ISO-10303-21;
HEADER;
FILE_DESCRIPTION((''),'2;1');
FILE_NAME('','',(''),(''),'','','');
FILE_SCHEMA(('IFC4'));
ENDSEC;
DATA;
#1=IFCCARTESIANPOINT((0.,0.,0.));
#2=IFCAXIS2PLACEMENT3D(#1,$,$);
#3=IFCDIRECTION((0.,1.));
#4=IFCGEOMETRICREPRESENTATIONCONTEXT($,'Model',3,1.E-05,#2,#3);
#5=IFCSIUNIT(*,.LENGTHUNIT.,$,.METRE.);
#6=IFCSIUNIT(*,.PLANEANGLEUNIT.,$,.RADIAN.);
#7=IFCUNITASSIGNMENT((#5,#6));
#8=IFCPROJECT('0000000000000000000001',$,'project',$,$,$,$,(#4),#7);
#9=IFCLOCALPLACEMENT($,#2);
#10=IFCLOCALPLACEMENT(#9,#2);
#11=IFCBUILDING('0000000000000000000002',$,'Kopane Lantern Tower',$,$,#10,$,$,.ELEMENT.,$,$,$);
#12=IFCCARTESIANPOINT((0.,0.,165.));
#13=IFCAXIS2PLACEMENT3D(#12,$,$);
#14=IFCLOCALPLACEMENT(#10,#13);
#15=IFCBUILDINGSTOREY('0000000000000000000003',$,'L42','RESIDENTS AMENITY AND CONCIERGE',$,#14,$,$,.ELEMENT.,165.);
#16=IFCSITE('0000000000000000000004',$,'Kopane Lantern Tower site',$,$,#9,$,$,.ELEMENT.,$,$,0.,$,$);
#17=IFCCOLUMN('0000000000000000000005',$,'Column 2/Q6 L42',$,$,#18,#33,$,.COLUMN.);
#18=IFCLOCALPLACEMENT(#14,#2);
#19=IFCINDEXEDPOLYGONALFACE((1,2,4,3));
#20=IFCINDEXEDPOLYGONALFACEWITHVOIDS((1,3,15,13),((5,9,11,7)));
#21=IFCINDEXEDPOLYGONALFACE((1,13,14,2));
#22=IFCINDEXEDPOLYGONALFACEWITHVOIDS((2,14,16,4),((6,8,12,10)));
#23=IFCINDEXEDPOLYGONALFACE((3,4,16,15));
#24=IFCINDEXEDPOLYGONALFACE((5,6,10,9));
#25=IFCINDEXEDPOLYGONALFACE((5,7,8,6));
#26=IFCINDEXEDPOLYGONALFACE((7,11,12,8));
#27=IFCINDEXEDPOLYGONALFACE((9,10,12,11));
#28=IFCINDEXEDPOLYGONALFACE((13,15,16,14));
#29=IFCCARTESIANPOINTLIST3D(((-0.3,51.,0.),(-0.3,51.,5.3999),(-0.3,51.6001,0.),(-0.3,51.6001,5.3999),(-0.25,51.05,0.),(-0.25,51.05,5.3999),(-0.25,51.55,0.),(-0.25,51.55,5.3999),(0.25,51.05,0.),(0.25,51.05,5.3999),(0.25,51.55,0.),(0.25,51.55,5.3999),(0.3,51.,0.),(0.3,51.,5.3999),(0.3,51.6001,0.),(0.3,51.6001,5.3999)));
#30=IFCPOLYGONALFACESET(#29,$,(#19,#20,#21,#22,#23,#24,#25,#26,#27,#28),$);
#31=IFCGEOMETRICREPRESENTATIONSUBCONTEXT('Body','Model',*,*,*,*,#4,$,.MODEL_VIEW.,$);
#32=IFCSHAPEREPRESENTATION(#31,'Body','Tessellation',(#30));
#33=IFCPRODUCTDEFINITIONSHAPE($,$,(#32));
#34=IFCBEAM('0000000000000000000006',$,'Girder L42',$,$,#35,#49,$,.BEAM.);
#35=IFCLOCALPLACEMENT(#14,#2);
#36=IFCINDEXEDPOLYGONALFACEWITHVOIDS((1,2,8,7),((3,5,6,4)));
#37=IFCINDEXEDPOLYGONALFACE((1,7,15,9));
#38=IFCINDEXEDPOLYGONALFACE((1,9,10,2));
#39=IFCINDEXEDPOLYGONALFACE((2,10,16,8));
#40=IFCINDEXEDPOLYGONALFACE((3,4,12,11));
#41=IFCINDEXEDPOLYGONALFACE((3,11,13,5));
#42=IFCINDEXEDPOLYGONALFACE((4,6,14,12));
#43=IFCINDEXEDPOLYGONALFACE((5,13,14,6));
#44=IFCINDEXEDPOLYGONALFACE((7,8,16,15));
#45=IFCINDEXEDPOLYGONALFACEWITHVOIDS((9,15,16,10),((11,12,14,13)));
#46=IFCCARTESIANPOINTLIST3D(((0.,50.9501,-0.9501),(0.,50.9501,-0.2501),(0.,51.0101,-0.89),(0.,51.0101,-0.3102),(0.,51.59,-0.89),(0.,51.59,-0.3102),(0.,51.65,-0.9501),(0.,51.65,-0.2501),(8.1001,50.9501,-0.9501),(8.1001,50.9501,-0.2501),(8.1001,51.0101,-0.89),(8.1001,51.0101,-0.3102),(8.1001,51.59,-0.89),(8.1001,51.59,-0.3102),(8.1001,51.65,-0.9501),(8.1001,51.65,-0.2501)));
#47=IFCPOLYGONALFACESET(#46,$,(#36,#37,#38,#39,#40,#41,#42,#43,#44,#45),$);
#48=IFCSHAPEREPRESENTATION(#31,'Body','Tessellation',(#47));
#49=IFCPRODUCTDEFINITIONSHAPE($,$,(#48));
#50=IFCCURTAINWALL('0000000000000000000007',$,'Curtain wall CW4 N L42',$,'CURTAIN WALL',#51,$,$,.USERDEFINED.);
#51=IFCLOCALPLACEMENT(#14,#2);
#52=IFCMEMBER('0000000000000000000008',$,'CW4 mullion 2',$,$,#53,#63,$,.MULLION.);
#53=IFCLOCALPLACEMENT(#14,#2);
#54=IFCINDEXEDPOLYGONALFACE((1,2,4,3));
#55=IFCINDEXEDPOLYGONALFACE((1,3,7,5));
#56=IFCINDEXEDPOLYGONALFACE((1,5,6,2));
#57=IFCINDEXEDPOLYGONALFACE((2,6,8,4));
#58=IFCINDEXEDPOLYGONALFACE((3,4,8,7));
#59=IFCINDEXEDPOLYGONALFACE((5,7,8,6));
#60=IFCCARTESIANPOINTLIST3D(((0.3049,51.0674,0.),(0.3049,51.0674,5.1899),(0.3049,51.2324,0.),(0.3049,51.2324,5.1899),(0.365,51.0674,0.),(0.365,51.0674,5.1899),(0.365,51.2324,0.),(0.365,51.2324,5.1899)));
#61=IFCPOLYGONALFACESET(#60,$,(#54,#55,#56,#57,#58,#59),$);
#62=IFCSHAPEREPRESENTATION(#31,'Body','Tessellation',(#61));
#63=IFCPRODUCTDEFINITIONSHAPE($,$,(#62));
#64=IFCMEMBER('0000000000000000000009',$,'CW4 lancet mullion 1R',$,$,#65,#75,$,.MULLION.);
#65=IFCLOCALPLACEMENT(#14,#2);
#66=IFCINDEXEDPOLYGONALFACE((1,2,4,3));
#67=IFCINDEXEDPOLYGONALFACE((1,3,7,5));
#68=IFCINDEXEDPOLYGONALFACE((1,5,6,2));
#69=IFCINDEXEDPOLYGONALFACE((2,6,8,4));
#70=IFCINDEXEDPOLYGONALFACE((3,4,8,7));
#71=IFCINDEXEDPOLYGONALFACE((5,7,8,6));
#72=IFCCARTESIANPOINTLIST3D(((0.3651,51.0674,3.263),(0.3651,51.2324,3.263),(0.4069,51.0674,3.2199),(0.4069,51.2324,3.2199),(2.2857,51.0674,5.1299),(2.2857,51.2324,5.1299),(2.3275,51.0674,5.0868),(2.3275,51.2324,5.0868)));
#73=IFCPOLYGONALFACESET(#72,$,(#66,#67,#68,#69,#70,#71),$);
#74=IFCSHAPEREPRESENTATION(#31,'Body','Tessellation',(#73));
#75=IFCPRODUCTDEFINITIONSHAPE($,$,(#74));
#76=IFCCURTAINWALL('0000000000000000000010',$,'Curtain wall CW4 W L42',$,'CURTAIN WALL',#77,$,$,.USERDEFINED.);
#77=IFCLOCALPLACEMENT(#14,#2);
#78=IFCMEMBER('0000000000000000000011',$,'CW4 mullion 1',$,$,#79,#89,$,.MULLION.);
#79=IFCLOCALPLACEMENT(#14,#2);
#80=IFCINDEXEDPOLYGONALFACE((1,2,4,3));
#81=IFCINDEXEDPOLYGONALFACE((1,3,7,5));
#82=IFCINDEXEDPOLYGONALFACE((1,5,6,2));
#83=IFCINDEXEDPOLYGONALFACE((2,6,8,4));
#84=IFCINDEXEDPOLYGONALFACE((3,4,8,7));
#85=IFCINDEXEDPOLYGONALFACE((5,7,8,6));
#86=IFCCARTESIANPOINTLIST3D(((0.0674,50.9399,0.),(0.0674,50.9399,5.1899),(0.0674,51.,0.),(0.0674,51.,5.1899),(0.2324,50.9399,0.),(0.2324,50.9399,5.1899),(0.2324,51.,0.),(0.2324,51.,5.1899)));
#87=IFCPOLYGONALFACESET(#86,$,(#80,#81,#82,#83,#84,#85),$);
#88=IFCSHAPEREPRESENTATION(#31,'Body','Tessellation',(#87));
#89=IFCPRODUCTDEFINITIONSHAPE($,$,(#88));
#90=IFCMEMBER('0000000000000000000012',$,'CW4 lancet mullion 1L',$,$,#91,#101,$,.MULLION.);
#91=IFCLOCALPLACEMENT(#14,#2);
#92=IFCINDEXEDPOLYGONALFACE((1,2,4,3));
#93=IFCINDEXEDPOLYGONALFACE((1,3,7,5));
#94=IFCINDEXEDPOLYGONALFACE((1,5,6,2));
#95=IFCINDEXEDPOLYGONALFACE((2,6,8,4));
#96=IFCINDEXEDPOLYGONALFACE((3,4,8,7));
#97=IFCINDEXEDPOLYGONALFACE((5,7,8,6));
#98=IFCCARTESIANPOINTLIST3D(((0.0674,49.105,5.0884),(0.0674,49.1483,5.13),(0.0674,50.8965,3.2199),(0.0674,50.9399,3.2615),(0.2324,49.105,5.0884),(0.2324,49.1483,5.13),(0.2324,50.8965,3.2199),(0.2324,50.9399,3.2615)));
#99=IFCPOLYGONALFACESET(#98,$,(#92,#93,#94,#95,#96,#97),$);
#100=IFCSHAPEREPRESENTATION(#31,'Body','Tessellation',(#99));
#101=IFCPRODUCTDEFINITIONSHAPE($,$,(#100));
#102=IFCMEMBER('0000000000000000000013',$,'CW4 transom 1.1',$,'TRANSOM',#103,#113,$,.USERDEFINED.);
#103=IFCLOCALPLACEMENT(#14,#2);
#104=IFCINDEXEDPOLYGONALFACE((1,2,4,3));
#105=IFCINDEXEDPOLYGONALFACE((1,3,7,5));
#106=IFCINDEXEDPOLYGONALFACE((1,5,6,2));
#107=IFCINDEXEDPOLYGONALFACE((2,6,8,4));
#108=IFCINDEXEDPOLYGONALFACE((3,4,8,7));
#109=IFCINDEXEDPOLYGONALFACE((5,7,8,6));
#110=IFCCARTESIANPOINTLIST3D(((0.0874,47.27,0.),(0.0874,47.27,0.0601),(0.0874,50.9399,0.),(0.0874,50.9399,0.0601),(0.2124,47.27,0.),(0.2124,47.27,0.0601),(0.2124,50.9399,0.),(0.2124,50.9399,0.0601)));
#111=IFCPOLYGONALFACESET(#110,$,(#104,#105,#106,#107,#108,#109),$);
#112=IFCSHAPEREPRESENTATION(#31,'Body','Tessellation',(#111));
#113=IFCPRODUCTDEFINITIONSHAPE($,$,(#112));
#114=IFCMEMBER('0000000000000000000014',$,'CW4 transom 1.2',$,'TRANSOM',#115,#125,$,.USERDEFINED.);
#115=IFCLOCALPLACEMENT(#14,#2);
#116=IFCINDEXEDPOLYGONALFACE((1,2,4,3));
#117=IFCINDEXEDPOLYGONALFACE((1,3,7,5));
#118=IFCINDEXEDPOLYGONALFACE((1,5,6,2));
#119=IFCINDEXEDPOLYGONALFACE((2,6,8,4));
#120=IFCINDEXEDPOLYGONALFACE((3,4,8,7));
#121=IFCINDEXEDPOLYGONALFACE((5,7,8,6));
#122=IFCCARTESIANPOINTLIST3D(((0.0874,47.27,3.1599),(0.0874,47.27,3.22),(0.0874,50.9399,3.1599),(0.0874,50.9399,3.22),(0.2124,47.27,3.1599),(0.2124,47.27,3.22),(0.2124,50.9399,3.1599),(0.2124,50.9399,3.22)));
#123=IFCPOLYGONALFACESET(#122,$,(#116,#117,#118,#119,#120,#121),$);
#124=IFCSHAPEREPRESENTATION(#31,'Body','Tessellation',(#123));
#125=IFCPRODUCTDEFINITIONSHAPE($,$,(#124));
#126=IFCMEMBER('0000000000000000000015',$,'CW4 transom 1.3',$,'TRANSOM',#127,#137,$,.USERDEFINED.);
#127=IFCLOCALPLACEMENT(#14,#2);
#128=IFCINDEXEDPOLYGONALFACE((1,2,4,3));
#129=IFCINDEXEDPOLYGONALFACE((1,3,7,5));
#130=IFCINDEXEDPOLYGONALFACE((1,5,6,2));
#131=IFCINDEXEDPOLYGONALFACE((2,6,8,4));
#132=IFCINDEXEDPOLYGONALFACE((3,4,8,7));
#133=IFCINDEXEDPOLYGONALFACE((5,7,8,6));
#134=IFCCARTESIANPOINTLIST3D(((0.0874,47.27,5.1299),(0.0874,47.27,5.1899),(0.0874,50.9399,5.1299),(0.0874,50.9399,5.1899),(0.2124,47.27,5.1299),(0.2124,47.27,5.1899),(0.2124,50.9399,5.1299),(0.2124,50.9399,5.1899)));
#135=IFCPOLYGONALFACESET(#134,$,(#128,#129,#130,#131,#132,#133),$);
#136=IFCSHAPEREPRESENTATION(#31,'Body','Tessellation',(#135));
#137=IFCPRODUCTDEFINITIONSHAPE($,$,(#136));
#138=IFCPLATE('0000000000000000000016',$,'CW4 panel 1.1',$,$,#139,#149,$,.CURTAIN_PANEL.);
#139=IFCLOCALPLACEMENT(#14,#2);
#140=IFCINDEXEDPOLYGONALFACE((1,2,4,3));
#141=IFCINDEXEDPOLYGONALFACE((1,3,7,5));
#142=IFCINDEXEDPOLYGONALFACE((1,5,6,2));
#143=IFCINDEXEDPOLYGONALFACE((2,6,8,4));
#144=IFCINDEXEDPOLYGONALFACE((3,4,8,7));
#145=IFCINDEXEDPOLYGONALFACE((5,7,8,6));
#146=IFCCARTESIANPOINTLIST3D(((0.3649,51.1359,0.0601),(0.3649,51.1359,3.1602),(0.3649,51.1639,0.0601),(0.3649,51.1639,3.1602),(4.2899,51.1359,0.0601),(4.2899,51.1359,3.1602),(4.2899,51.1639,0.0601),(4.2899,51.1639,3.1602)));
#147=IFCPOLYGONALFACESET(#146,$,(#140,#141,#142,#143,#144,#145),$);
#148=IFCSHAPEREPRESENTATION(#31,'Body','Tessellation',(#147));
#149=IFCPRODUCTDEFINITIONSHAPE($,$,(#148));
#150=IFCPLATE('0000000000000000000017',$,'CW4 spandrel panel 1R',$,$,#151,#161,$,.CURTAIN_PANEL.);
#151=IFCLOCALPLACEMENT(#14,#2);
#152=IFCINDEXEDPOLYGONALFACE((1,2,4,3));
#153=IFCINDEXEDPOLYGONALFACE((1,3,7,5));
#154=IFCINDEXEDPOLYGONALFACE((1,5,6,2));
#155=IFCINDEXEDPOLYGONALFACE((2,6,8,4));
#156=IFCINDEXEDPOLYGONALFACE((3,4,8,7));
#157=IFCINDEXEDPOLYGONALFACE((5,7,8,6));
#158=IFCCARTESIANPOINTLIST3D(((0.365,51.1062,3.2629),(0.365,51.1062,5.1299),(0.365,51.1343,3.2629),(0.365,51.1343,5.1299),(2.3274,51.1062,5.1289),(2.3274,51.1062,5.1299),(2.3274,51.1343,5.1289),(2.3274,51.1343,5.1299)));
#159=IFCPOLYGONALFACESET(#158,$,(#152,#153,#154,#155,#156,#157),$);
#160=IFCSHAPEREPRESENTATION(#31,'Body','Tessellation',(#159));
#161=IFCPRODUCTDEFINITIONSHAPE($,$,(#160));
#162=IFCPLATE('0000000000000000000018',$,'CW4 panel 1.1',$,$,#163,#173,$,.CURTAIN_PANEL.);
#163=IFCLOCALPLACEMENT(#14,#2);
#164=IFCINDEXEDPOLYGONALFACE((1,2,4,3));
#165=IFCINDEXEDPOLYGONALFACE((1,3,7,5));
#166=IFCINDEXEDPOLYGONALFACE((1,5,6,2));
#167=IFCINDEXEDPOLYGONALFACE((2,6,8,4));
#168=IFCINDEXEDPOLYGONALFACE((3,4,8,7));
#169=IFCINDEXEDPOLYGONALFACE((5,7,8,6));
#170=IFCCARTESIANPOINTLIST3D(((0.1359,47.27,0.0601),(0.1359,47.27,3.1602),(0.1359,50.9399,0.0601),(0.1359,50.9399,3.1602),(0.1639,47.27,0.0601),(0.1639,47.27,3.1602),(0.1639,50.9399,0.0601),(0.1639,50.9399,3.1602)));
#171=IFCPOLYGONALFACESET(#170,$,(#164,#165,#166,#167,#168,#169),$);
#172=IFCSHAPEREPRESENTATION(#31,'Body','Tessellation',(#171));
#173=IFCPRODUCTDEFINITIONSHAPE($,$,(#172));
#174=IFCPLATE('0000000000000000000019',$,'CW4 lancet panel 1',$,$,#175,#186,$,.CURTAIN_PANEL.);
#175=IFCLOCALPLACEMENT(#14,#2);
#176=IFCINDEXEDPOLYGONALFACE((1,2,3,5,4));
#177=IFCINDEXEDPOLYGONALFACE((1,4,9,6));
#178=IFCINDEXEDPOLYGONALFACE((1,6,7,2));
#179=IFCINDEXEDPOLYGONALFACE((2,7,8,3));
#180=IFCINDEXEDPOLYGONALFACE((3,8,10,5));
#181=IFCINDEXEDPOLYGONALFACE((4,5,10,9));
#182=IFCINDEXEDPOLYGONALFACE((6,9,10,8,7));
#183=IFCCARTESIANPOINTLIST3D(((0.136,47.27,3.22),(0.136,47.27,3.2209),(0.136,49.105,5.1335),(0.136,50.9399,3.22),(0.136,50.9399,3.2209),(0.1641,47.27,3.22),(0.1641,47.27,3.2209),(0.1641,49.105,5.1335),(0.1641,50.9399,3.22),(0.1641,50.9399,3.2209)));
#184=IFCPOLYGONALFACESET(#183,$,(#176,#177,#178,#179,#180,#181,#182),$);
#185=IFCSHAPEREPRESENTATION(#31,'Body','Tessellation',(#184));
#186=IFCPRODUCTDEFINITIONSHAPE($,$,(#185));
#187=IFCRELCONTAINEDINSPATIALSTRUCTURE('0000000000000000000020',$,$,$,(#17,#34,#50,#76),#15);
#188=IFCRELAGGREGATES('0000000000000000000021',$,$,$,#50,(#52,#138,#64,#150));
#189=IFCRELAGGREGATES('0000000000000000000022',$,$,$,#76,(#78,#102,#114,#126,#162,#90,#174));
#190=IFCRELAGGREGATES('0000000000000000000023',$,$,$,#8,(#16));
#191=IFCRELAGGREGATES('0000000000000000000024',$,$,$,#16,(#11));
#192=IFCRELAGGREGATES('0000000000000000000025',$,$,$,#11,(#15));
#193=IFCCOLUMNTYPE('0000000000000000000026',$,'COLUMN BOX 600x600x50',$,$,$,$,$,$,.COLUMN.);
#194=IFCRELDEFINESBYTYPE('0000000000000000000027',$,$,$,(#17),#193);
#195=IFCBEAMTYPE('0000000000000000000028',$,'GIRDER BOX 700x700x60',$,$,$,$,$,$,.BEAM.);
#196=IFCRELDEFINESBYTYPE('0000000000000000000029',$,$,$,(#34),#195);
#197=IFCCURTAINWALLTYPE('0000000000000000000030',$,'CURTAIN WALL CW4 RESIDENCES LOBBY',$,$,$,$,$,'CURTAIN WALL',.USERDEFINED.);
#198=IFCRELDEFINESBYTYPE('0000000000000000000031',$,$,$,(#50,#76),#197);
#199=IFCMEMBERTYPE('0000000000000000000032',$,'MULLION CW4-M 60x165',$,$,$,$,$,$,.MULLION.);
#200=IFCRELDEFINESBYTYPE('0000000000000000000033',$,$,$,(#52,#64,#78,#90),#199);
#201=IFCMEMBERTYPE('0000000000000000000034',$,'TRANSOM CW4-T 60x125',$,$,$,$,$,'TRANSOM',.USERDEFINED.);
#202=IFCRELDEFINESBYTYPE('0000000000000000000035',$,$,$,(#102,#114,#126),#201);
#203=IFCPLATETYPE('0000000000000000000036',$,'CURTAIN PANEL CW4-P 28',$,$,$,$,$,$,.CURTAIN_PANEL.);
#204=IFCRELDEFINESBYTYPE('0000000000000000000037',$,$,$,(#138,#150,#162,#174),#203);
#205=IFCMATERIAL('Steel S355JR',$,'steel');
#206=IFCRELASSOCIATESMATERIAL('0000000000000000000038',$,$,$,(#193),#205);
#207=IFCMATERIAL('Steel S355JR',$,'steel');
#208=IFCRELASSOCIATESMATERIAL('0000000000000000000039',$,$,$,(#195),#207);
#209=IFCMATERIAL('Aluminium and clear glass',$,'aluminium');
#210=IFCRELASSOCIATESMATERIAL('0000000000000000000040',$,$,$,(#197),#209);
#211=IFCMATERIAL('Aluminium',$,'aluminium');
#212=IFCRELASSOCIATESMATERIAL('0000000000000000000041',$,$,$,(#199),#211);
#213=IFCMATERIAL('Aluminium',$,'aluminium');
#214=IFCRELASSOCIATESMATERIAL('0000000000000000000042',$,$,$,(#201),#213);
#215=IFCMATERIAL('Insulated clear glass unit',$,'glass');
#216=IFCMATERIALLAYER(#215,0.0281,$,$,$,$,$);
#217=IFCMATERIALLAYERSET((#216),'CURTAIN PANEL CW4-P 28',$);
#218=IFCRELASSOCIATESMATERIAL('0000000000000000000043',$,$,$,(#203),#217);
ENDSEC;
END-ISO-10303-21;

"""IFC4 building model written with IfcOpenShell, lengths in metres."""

from ifc_helpers import new_model, si_unit, direction, frame, origin, origin_2d, place, context, subcontext, project, spatial, polyline, rectangle, hollow_rectangle, outline, extrude, material, layer, layer_set, material_profile, profile_set, type_object, element, aggregate, save


model = new_model("IFC4")

# Units and contexts
model_context = context("Model", 3, precision=1e-05, world=origin(), true_north=direction((0.0, 1.0)))
body_context = subcontext(model_context, "Body", "Model", "MODEL_VIEW")
ifc_project = project(units=[si_unit("LENGTHUNIT", "METRE"), si_unit("PLANEANGLEUNIT", "RADIAN")], contexts=[model_context])

# Site, building, storey
site_placement = place(None, origin())
site = spatial("IfcSite", under=ifc_project, at=site_placement, Name="Kopane Lantern Tower site", CompositionType="ELEMENT", RefElevation=0.0)
building_placement = place(site_placement, origin())
building = spatial("IfcBuilding", under=site, at=building_placement, Name="Kopane Lantern Tower", CompositionType="ELEMENT")
storey_placement = place(building_placement, frame((0.0, 0.0, 165.0)))
storey = spatial("IfcBuildingStorey", under=building, at=storey_placement, Name="L42", Description="RESIDENTS AMENITY AND CONCIERGE", CompositionType="ELEMENT", Elevation=165.0)

# Column
ifc_material_1 = material(Name="Steel S355JR", Category="steel")
ifc_material_profile_1 = material_profile(ifc_material_1, hollow_rectangle(XDim=0.6001, YDim=0.6001, WallThickness=0.05, at=origin_2d()), Name="BOX 600x600x50")
ifc_profile_set_1 = profile_set([ifc_material_profile_1], Name="Steel S355JR")
column_type = type_object("IfcColumnType", Name="COLUMN BOX 600x600x50", PredefinedType="COLUMN", material=ifc_profile_set_1)
column_placement = place(storey_placement, frame((0.0, 51.3, 0.0), z_axis=(0.0, 0.0, 1.0), x_axis=(1.0, 0.0, 0.0)))
element("IfcColumn", 1, at=column_placement, inside=storey, type_object=column_type, Name="Column 2/Q6 L42", PredefinedType="COLUMN", context=body_context, shape_type="SweptSolid", body=[
    extrude(hollow_rectangle(XDim=0.6001, YDim=0.6001, WallThickness=0.05, at=origin_2d()), origin(), (0.0, 0.0, 1.0), 5.3999),
])

# Beam
ifc_material_2 = material(Name="Steel S355JR", Category="steel")
ifc_material_profile_2 = material_profile(ifc_material_2, hollow_rectangle(XDim=0.7, YDim=0.7, WallThickness=0.0601, at=origin_2d()), Name="BOX 700x700x60")
ifc_profile_set_2 = profile_set([ifc_material_profile_2], Name="Steel S355JR")
beam_type = type_object("IfcBeamType", Name="GIRDER BOX 700x700x60", PredefinedType="BEAM", material=ifc_profile_set_2)
beam_placement = place(storey_placement, frame((0.0, 51.3, -0.6001), z_axis=(1.0, 0.0, 0.0), x_axis=(0.0, 1.0, 0.0)))
element("IfcBeam", 2, at=beam_placement, inside=storey, type_object=beam_type, Name="Girder L42", PredefinedType="BEAM", context=body_context, shape_type="SweptSolid", body=[
    extrude(hollow_rectangle(XDim=0.7, YDim=0.7, WallThickness=0.0601, at=origin_2d()), origin(), (0.0, 0.0, 1.0), 8.1001),
])

# Curtain walls, members
ifc_material_3 = material(Name="Aluminium and clear glass", Category="aluminium")
curtain_wall_type = type_object("IfcCurtainWallType", Name="CURTAIN WALL CW4 RESIDENCES LOBBY", ElementType="CURTAIN WALL", PredefinedType="USERDEFINED", material=ifc_material_3)
curtain_wall_1_placement = place(storey_placement, origin())
curtain_wall_1 = element("IfcCurtainWall", 3, at=curtain_wall_1_placement, inside=storey, type_object=curtain_wall_type, Name="Curtain wall CW4 N L42", ObjectType="CURTAIN WALL", PredefinedType="USERDEFINED")
ifc_material_4 = material(Name="Aluminium", Category="aluminium")
ifc_material_profile_3 = material_profile(ifc_material_4, rectangle(XDim=0.0601, YDim=0.165, at=origin_2d()), Name="AL 60x165")
ifc_profile_set_3 = profile_set([ifc_material_profile_3], Name="Aluminium")
member_type_1 = type_object("IfcMemberType", Name="MULLION CW4-M 60x165", PredefinedType="MULLION", material=ifc_profile_set_3)
member_1_placement = place(storey_placement, frame((0.335, 51.1499, 0.0), z_axis=(0.0, 0.0, 1.0), x_axis=(-1.0, 0.0, 0.0)))
member_1 = element("IfcMember", 4, at=member_1_placement, type_object=member_type_1, Name="CW4 mullion 2", PredefinedType="MULLION", context=body_context, shape_type="SweptSolid", body=[
    extrude(rectangle(XDim=0.0601, YDim=0.165, at=origin_2d()), origin(), (0.0, 0.0, 1.0), 5.1899),
])
member_2_placement = place(storey_placement, frame((0.386, 51.1499, 3.2415), z_axis=(0.717062, 0.0, 0.697009), x_axis=(-0.697009, 0.0, 0.717062)))
member_2 = element("IfcMember", 5, at=member_2_placement, type_object=member_type_1, Name="CW4 lancet mullion 1R", PredefinedType="MULLION", context=body_context, shape_type="SweptSolid", body=[
    extrude(rectangle(XDim=0.0601, YDim=0.165, at=origin_2d()), origin(), (0.0, 0.0, 1.0), 2.6785),
])
curtain_wall_2_placement = place(storey_placement, origin())
curtain_wall_2 = element("IfcCurtainWall", 6, at=curtain_wall_2_placement, inside=storey, type_object=curtain_wall_type, Name="Curtain wall CW4 W L42", ObjectType="CURTAIN WALL", PredefinedType="USERDEFINED")
member_3_placement = place(storey_placement, frame((0.1499, 50.97, 0.0), z_axis=(0.0, 0.0, 1.0), x_axis=(0.0, -1.0, 0.0)))
member_3 = element("IfcMember", 7, at=member_3_placement, type_object=member_type_1, Name="CW4 mullion 1", PredefinedType="MULLION", context=body_context, shape_type="SweptSolid", body=[
    extrude(rectangle(XDim=0.0601, YDim=0.165, at=origin_2d()), origin(), (0.0, 0.0, 1.0), 5.1899),
])
member_4_placement = place(storey_placement, frame((0.1499, 50.9182, 3.2407), z_axis=(0.0, -0.692096, 0.721806), x_axis=(0.0, 0.721806, 0.692096)))
member_4 = element("IfcMember", 8, at=member_4_placement, type_object=member_type_1, Name="CW4 lancet mullion 1L", PredefinedType="MULLION", context=body_context, shape_type="SweptSolid", body=[
    extrude(rectangle(XDim=0.0601, YDim=0.165, at=origin_2d()), origin(), (0.0, 0.0, 1.0), 2.5886),
])
ifc_material_5 = material(Name="Aluminium", Category="aluminium")
ifc_material_profile_4 = material_profile(ifc_material_5, rectangle(XDim=0.125, YDim=0.0601, at=origin_2d()), Name="AL 125x60")
ifc_profile_set_4 = profile_set([ifc_material_profile_4], Name="Aluminium")
member_type_2 = type_object("IfcMemberType", Name="TRANSOM CW4-T 60x125", ElementType="TRANSOM", PredefinedType="USERDEFINED", material=ifc_profile_set_4)
member_5_placement = place(storey_placement, frame((0.1499, 50.9399, 0.03), z_axis=(0.0, -1.0, 0.0), x_axis=(1.0, 0.0, 0.0)))
member_5 = element("IfcMember", 9, at=member_5_placement, type_object=member_type_2, Name="CW4 transom 1.1", ObjectType="TRANSOM", PredefinedType="USERDEFINED", context=body_context, shape_type="SweptSolid", body=[
    extrude(rectangle(XDim=0.125, YDim=0.0601, at=origin_2d()), origin(), (0.0, 0.0, 1.0), 3.6699),
])
member_6_placement = place(storey_placement, frame((0.1499, 50.9399, 3.1899), z_axis=(0.0, -1.0, 0.0), x_axis=(1.0, 0.0, 0.0)))
member_6 = element("IfcMember", 10, at=member_6_placement, type_object=member_type_2, Name="CW4 transom 1.2", ObjectType="TRANSOM", PredefinedType="USERDEFINED", context=body_context, shape_type="SweptSolid", body=[
    extrude(rectangle(XDim=0.125, YDim=0.0601, at=origin_2d()), origin(), (0.0, 0.0, 1.0), 3.6699),
])
member_7_placement = place(storey_placement, frame((0.1499, 50.9399, 5.1599), z_axis=(0.0, -1.0, 0.0), x_axis=(1.0, 0.0, 0.0)))
member_7 = element("IfcMember", 11, at=member_7_placement, type_object=member_type_2, Name="CW4 transom 1.3", ObjectType="TRANSOM", PredefinedType="USERDEFINED", context=body_context, shape_type="SweptSolid", body=[
    extrude(rectangle(XDim=0.125, YDim=0.0601, at=origin_2d()), origin(), (0.0, 0.0, 1.0), 3.6699),
])

# Plates
ifc_material_6 = material(Name="Insulated clear glass unit", Category="glass")
ifc_layer = layer(ifc_material_6, 0.0281)
ifc_layer_set = layer_set([ifc_layer], Name="CURTAIN PANEL CW4-P 28")
plate_type = type_object("IfcPlateType", Name="CURTAIN PANEL CW4-P 28", PredefinedType="CURTAIN_PANEL", material=ifc_layer_set)
plate_1_placement = place(storey_placement, frame((2.3274, 51.1499, 0.0601), z_axis=(0.0, 0.0, 1.0), x_axis=(-1.0, 0.0, 0.0)))
plate_1 = element("IfcPlate", 12, at=plate_1_placement, type_object=plate_type, Name="CW4 panel 1.1", PredefinedType="CURTAIN_PANEL", context=body_context, shape_type="SweptSolid", body=[
    extrude(rectangle(XDim=3.925, YDim=0.0281, at=origin_2d()), origin(), (0.0, 0.0, 1.0), 3.1001),
])
plate_2_placement = place(storey_placement, frame((0.365, 51.1201, 5.1299), z_axis=(0.0, 0.0, 1.0), x_axis=(1.0, 0.0, 0.0)))
plate_2 = element("IfcPlate", 13, at=plate_2_placement, type_object=plate_type, Name="CW4 spandrel panel 1R", PredefinedType="CURTAIN_PANEL", context=body_context, shape_type="SweptSolid", body=[
    extrude(outline(polyline([(0.0, 0.0), (1.9624, 0.0), (1.9624, -0.001), (0.0, -1.8669), (0.0, 0.0)])), frame((0.0, 0.0142, 0.0), z_axis=(0.0, -1.0, 0.0), x_axis=(1.0, 0.0, 0.0)), (0.0, 0.0, 1.0), 0.0281),
])
aggregate(curtain_wall_1, [member_1, plate_1, member_2, plate_2])
plate_3_placement = place(storey_placement, frame((0.1499, 49.105, 0.0601), z_axis=(0.0, 0.0, 1.0), x_axis=(0.0, -1.0, 0.0)))
plate_3 = element("IfcPlate", 14, at=plate_3_placement, type_object=plate_type, Name="CW4 panel 1.1", PredefinedType="CURTAIN_PANEL", context=body_context, shape_type="SweptSolid", body=[
    extrude(rectangle(XDim=3.6699, YDim=0.0281, at=origin_2d()), origin(), (0.0, 0.0, 1.0), 3.1001),
])
plate_4_placement = place(storey_placement, frame((0.1499, 50.9399, 3.22), z_axis=(0.0, 0.0, 1.0), x_axis=(0.0, -1.0, 0.0)))
plate_4 = element("IfcPlate", 15, at=plate_4_placement, type_object=plate_type, Name="CW4 lancet panel 1", PredefinedType="CURTAIN_PANEL", context=body_context, shape_type="SweptSolid", body=[
    extrude(outline(polyline([(0.0, 0.0), (3.6699, 0.0), (3.6699, 0.001), (1.835, 1.9136), (0.0, 0.001), (0.0, 0.0)])), frame((0.0, 0.0142, 0.0), z_axis=(0.0, -1.0, 0.0), x_axis=(1.0, 0.0, 0.0)), (0.0, 0.0, 1.0), 0.0281),
])
aggregate(curtain_wall_2, [member_3, member_5, member_6, member_7, plate_3, member_4, plate_4])

save(model, "model.ifc")
